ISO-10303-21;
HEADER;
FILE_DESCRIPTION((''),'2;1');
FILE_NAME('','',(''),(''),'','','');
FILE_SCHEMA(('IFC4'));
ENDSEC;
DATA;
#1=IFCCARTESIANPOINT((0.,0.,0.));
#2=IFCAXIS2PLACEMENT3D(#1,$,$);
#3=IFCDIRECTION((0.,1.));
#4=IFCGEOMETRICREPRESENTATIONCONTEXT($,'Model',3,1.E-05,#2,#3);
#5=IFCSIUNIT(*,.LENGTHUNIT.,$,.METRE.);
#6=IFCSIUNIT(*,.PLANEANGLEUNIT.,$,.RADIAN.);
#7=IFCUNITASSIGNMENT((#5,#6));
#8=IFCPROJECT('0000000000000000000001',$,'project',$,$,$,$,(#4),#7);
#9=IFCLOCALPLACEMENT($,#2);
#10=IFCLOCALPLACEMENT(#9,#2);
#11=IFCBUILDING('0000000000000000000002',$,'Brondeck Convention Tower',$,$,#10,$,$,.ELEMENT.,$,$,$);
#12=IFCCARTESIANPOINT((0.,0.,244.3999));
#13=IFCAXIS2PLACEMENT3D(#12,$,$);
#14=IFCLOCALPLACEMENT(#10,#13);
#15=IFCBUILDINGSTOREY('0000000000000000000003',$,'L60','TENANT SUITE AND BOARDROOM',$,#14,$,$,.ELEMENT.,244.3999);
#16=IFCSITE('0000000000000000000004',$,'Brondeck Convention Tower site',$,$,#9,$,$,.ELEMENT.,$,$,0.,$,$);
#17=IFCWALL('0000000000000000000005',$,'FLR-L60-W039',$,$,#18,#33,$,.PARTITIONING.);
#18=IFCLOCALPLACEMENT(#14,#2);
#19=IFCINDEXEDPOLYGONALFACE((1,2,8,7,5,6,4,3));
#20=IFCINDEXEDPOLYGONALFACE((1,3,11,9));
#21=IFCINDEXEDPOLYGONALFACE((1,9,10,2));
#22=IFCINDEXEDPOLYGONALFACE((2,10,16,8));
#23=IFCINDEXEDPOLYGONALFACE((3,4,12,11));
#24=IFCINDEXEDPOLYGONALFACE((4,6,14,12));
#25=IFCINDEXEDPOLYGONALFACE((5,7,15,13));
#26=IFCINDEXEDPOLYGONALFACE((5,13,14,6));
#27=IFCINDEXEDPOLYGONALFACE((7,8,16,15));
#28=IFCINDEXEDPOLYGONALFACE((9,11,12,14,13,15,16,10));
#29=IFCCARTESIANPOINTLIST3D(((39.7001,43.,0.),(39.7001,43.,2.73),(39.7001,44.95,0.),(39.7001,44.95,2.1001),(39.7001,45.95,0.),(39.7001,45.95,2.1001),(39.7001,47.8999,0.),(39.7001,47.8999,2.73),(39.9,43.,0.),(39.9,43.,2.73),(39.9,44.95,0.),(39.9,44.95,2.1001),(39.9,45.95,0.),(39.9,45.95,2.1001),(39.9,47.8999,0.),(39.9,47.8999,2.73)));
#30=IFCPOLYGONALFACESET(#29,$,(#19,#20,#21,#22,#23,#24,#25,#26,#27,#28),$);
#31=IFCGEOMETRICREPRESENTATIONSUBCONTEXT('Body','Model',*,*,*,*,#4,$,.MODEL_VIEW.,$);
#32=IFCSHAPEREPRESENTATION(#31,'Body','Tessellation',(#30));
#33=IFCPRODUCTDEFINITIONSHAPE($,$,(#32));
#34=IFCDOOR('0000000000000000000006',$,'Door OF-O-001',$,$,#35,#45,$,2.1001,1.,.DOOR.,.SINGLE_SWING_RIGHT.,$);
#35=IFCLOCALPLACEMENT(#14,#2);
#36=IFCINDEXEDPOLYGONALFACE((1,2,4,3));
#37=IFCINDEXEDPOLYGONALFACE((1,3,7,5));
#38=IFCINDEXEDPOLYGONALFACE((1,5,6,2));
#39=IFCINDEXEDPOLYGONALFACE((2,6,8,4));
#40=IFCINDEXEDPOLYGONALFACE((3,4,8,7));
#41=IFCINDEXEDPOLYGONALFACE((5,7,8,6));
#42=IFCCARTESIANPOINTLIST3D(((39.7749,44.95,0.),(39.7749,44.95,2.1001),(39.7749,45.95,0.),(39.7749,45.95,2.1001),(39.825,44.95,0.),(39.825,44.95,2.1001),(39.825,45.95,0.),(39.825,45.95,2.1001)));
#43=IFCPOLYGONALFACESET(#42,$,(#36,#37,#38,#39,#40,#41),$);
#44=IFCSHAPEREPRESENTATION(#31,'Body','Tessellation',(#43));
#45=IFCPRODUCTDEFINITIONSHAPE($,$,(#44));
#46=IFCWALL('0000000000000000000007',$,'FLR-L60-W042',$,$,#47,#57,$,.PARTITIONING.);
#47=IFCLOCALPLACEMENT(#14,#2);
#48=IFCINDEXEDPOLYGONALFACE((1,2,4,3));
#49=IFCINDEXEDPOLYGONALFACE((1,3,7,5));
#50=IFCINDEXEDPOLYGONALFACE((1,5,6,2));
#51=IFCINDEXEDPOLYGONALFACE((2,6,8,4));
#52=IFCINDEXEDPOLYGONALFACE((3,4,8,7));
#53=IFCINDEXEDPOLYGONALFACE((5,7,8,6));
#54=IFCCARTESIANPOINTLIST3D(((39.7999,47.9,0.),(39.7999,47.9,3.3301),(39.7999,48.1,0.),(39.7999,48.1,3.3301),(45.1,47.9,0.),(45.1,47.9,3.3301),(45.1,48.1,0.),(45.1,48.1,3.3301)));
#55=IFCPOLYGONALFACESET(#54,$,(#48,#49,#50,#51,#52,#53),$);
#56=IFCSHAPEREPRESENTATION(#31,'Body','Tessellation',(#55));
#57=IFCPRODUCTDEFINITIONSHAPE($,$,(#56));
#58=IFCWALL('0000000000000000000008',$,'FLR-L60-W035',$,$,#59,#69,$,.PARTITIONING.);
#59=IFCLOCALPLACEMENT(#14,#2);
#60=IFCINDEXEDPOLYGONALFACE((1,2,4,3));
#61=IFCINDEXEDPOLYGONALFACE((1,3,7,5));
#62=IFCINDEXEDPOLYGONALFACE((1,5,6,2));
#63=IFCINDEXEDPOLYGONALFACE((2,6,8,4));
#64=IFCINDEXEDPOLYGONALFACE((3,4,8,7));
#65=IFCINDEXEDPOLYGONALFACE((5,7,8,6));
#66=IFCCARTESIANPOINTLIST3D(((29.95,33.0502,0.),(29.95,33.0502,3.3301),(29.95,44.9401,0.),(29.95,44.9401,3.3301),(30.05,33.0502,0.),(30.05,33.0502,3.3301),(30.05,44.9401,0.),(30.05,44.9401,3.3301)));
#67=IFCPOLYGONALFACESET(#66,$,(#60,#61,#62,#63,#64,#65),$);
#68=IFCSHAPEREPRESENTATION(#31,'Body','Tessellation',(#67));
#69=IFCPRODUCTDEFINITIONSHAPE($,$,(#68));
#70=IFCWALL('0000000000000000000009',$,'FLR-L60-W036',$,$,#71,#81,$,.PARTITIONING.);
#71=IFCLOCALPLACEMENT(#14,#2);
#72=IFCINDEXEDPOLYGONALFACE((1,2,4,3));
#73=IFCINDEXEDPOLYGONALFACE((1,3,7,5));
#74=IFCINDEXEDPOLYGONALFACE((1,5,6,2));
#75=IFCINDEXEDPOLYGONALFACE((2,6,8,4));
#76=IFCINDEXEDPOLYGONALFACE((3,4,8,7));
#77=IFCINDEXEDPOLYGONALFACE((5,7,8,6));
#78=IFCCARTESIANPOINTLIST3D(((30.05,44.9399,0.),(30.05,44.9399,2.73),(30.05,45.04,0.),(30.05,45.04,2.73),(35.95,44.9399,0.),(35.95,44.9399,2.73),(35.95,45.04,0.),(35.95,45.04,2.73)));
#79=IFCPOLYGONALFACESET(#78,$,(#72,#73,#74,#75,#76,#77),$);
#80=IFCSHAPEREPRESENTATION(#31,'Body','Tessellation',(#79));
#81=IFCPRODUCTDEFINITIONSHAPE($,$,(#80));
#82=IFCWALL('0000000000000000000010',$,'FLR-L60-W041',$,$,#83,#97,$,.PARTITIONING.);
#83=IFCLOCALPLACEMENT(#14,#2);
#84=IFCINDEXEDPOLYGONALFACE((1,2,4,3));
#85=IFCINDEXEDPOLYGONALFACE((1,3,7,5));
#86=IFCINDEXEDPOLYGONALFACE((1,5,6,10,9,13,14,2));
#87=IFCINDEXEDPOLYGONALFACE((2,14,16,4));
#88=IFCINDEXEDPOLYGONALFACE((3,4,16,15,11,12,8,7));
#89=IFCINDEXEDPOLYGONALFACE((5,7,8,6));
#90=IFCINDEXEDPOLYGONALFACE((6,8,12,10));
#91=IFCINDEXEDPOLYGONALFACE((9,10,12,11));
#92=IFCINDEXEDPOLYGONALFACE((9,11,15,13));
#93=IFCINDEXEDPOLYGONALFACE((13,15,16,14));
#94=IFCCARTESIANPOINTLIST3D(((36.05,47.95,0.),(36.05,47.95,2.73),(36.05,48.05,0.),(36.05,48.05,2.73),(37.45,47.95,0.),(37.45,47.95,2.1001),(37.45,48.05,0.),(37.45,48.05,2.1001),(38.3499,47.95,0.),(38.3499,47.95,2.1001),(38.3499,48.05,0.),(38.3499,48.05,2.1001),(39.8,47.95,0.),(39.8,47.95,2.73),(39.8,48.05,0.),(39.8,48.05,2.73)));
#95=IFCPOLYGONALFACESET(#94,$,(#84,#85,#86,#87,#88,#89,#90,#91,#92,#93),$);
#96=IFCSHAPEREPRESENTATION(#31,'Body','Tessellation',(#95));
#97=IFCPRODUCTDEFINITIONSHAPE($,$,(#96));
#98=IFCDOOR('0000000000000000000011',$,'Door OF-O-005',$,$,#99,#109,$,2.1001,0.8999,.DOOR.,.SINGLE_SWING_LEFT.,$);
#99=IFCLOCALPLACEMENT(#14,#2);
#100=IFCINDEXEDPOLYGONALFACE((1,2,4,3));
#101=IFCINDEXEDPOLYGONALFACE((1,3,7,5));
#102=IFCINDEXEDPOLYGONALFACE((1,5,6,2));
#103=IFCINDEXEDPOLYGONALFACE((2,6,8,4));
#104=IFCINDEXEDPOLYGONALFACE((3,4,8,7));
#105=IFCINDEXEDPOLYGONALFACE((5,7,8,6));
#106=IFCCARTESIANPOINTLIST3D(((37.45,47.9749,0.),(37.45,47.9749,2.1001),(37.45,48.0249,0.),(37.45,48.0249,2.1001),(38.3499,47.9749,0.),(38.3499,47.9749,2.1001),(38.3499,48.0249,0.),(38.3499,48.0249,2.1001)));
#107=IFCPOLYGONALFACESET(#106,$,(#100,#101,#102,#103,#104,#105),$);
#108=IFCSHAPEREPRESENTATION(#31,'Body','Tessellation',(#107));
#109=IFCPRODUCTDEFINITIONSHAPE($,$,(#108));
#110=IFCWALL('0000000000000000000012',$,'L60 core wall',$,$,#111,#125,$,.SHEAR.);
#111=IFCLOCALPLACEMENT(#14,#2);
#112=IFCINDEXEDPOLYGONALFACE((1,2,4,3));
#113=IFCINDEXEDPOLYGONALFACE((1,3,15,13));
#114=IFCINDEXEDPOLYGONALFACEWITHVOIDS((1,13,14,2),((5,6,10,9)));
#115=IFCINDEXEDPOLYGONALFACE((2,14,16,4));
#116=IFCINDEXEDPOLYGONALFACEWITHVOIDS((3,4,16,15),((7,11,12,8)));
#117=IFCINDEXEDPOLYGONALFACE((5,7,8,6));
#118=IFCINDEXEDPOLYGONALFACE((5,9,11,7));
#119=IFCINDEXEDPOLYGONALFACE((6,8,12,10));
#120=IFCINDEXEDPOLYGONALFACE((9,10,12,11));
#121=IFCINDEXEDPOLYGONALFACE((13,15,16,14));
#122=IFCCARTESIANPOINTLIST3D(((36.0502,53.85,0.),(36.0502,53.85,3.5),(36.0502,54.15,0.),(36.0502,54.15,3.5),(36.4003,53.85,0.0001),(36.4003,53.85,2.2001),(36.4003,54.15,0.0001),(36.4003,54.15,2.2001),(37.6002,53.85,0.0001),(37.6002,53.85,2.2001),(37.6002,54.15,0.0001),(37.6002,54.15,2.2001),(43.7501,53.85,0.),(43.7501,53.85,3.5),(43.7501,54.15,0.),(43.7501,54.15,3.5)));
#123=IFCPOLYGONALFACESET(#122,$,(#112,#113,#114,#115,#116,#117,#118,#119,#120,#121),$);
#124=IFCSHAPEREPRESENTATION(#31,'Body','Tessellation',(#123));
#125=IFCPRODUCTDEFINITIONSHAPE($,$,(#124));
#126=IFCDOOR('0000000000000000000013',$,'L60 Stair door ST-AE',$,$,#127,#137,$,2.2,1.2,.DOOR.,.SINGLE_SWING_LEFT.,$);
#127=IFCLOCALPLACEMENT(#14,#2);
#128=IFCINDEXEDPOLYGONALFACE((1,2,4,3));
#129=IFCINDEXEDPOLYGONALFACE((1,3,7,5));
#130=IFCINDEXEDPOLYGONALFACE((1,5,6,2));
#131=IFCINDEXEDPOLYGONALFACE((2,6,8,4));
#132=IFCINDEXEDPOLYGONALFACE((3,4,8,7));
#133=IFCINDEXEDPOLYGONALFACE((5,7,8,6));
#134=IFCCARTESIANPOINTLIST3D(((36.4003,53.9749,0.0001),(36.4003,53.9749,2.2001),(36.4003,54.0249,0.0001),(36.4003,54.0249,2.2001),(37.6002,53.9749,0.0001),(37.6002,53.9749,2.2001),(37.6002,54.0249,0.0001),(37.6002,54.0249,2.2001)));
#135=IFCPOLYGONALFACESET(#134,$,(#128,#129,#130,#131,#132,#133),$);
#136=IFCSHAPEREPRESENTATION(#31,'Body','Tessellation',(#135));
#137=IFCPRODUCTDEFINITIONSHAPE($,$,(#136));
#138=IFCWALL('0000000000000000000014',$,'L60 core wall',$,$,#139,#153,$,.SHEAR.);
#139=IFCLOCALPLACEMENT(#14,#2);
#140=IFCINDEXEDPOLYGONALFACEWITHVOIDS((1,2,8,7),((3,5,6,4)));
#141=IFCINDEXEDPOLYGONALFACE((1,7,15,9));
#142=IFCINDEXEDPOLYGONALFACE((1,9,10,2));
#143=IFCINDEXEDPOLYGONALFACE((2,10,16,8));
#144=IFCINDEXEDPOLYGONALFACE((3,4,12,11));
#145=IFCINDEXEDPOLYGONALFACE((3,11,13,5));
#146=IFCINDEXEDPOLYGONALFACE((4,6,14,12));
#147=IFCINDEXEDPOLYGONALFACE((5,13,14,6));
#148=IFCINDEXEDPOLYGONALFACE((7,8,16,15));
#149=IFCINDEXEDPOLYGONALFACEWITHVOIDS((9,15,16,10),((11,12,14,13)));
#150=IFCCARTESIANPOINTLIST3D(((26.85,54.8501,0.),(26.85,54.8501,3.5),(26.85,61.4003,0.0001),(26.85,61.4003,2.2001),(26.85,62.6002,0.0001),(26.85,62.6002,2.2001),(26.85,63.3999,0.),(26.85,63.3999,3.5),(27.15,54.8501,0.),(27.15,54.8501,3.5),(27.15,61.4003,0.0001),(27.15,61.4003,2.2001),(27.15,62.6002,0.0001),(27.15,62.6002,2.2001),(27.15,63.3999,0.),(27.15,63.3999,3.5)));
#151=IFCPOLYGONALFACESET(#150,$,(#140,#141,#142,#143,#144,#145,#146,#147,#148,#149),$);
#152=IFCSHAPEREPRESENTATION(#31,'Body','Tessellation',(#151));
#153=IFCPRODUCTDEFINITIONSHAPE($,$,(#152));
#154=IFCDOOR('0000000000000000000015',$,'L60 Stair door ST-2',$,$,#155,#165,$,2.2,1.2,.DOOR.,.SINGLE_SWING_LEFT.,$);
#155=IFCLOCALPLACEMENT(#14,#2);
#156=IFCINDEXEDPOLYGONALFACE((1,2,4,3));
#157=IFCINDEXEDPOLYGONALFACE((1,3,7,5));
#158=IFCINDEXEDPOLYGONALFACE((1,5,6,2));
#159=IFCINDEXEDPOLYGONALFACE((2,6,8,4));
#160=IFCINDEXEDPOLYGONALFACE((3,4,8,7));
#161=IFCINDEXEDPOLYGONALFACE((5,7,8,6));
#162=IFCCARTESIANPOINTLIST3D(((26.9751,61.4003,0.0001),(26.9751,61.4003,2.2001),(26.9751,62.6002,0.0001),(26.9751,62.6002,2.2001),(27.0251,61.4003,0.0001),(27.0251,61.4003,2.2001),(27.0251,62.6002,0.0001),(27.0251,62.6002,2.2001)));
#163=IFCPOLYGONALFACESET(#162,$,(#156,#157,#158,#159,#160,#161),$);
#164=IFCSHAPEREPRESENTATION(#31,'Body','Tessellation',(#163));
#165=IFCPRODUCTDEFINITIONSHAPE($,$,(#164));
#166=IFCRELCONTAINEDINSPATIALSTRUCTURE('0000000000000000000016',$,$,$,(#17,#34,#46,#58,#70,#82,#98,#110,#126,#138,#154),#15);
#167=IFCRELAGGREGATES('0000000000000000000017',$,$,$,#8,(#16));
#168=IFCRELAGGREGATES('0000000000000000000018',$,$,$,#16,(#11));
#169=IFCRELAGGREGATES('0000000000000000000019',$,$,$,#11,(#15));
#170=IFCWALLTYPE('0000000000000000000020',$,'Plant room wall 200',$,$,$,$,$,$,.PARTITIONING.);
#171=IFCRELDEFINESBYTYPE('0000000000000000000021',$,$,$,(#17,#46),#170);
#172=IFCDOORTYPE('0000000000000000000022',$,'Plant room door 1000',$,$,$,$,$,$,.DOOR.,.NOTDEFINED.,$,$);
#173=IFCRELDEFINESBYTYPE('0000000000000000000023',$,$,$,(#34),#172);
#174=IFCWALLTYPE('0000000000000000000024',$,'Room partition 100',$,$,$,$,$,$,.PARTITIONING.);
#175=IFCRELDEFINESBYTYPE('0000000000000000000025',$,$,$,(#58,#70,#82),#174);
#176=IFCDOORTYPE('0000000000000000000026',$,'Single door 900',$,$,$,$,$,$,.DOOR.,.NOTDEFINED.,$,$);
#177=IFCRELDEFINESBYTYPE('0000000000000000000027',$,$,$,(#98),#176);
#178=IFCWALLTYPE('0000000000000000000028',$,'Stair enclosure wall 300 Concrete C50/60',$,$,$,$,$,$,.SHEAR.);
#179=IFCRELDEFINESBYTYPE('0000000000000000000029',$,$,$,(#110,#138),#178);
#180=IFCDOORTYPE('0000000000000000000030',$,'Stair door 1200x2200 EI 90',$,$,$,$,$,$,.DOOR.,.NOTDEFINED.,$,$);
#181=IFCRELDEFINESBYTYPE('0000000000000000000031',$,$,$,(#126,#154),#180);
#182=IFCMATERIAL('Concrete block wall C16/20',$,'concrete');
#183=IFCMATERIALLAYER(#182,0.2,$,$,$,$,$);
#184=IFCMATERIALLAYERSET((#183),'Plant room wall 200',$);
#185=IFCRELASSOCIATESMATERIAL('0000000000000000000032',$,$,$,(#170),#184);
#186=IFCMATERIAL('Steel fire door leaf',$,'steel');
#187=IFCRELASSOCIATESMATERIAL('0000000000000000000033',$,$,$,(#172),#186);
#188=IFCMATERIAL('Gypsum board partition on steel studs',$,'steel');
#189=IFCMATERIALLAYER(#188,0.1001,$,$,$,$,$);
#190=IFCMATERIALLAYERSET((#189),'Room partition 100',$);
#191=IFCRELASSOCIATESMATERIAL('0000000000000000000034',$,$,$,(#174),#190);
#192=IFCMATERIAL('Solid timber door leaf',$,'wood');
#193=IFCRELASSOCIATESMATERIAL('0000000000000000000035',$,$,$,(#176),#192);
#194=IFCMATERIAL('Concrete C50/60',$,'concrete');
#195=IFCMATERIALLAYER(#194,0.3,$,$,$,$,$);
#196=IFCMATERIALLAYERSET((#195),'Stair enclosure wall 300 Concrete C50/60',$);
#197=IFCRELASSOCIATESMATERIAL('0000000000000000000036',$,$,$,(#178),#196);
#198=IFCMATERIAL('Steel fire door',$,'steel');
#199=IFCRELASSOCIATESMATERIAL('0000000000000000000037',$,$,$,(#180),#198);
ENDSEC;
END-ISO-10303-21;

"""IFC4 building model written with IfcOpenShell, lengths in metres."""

from ifc_helpers import new_model, si_unit, direction, frame, frame_2d, origin, place, context, subcontext, project, spatial, rectangle, extrude, material, layer, layer_set, type_object, element, fill, save


model = new_model("IFC4")

# Units and contexts
model_context = context("Model", 3, precision=1e-05, world=origin(), true_north=direction((0.0, 1.0)))
body_context = subcontext(model_context, "Body", "Model", "MODEL_VIEW")
ifc_project = project(units=[si_unit("LENGTHUNIT", "METRE"), si_unit("PLANEANGLEUNIT", "RADIAN")], contexts=[model_context])

# Site, building, storey
site_placement = place(None, origin())
site = spatial("IfcSite", under=ifc_project, at=site_placement, Name="Brondeck Convention Tower site", CompositionType="ELEMENT", RefElevation=0.0)
building_placement = place(site_placement, origin())
building = spatial("IfcBuilding", under=site, at=building_placement, Name="Brondeck Convention Tower", CompositionType="ELEMENT")
storey_placement = place(building_placement, frame((0.0, 0.0, 244.3999)))
storey = spatial("IfcBuildingStorey", under=building, at=storey_placement, Name="L60", Description="TENANT SUITE AND BOARDROOM", CompositionType="ELEMENT", Elevation=244.3999)

# Shared definitions
ifc_material_1 = material(Name="Concrete C50/60", Category="concrete")

# Wall, opening, door
ifc_material_2 = material(Name="Concrete block wall C16/20", Category="concrete")
ifc_layer_1 = layer(ifc_material_2, 0.2)
ifc_layer_set_1 = layer_set([ifc_layer_1], Name="Plant room wall 200")
wall_type_1 = type_object("IfcWallType", Name="Plant room wall 200", PredefinedType="PARTITIONING", material=ifc_layer_set_1)
wall_1_placement = place(storey_placement, frame((39.8, 47.8999, 0.0), z_axis=(0.0, 0.0, 1.0), x_axis=(0.0, -1.0, 0.0)))
wall_1 = element("IfcWall", 1, at=wall_1_placement, inside=storey, type_object=wall_type_1, Name="FLR-L60-W039", PredefinedType="PARTITIONING", context=body_context, shape_type="SweptSolid", body=[
    extrude(rectangle(XDim=4.8999, YDim=0.2, at=frame_2d((2.45, 0.0))), origin(), (0.0, 0.0, 1.0), 2.73),
])
opening_1_placement = place(wall_1_placement, frame((1.95, 0.0, 0.0)))
opening_1 = element("IfcOpeningElement", 2, at=opening_1_placement, cuts=wall_1, PredefinedType="OPENING", context=body_context, shape_type="SweptSolid", body=[
    extrude(rectangle(XDim=1.0, YDim=2.1001, at=frame_2d((0.5, 1.05))), frame((0.0, 0.1099, 0.0), z_axis=(0.0, -1.0, 0.0), x_axis=(1.0, 0.0, 0.0)), (0.0, 0.0, 1.0), 0.22),
])
ifc_material_3 = material(Name="Steel fire door leaf", Category="steel")
door_type_1 = type_object("IfcDoorType", Name="Plant room door 1000", OperationType="NOTDEFINED", PredefinedType="DOOR", material=ifc_material_3)
door_1_placement = place(opening_1_placement, origin())
door_1 = element("IfcDoor", 3, at=door_1_placement, inside=storey, type_object=door_type_1, Name="Door OF-O-001", OperationType="SINGLE_SWING_RIGHT", OverallHeight=2.1001, OverallWidth=1.0, PredefinedType="DOOR", context=body_context, shape_type="SweptSolid", body=[
    extrude(rectangle(XDim=1.0, YDim=2.1001, at=frame_2d((0.5, 1.05))), frame((0.0, 0.0249, 0.0), z_axis=(0.0, -1.0, 0.0), x_axis=(1.0, 0.0, 0.0)), (0.0, 0.0, 1.0), 0.05),
])
fill(opening_1, door_1)

# Walls
wall_2_placement = place(storey_placement, frame((39.8, 48.0, 0.0), z_axis=(0.0, 0.0, 1.0), x_axis=(1.0, 0.0, 0.0)))
element("IfcWall", 4, at=wall_2_placement, inside=storey, type_object=wall_type_1, Name="FLR-L60-W042", PredefinedType="PARTITIONING", context=body_context, shape_type="SweptSolid", body=[
    extrude(rectangle(XDim=5.3, YDim=0.2, at=frame_2d((2.6499, 0.0))), origin(), (0.0, 0.0, 1.0), 3.3301),
])
ifc_material_4 = material(Name="Gypsum board partition on steel studs", Category="steel")
ifc_layer_2 = layer(ifc_material_4, 0.1001)
ifc_layer_set_2 = layer_set([ifc_layer_2], Name="Room partition 100")
wall_type_2 = type_object("IfcWallType", Name="Room partition 100", PredefinedType="PARTITIONING", material=ifc_layer_set_2)
wall_3_placement = place(storey_placement, frame((30.0, 44.9399, 0.0), z_axis=(0.0, 0.0, 1.0), x_axis=(0.0, -1.0, 0.0)))
element("IfcWall", 5, at=wall_3_placement, inside=storey, type_object=wall_type_2, Name="FLR-L60-W035", PredefinedType="PARTITIONING", context=body_context, shape_type="SweptSolid", body=[
    extrude(rectangle(XDim=11.8899, YDim=0.1001, at=frame_2d((5.9448, 0.0))), origin(), (0.0, 0.0, 1.0), 3.3301),
])
wall_4_placement = place(storey_placement, frame((30.05, 44.99, 0.0), z_axis=(0.0, 0.0, 1.0), x_axis=(1.0, 0.0, 0.0)))
element("IfcWall", 6, at=wall_4_placement, inside=storey, type_object=wall_type_2, Name="FLR-L60-W036", PredefinedType="PARTITIONING", context=body_context, shape_type="SweptSolid", body=[
    extrude(rectangle(XDim=5.8999, YDim=0.1001, at=frame_2d((2.95, 0.0))), origin(), (0.0, 0.0, 1.0), 2.73),
])

# Walls, openings, doors
wall_5_placement = place(storey_placement, frame((36.05, 48.0, 0.0), z_axis=(0.0, 0.0, 1.0), x_axis=(1.0, 0.0, 0.0)))
wall_5 = element("IfcWall", 7, at=wall_5_placement, inside=storey, type_object=wall_type_2, Name="FLR-L60-W041", PredefinedType="PARTITIONING", context=body_context, shape_type="SweptSolid", body=[
    extrude(rectangle(XDim=3.75, YDim=0.1001, at=frame_2d((1.875, 0.0))), origin(), (0.0, 0.0, 1.0), 2.73),
])
opening_2_placement = place(wall_5_placement, frame((1.3999, 0.0, 0.0)))
opening_2 = element("IfcOpeningElement", 8, at=opening_2_placement, cuts=wall_5, PredefinedType="OPENING", context=body_context, shape_type="SweptSolid", body=[
    extrude(rectangle(XDim=0.8999, YDim=2.1001, at=frame_2d((0.45, 1.05))), frame((0.0, 0.0601, 0.0), z_axis=(0.0, -1.0, 0.0), x_axis=(1.0, 0.0, 0.0)), (0.0, 0.0, 1.0), 0.1201),
])
ifc_material_5 = material(Name="Solid timber door leaf", Category="wood")
door_type_2 = type_object("IfcDoorType", Name="Single door 900", OperationType="NOTDEFINED", PredefinedType="DOOR", material=ifc_material_5)
door_2_placement = place(opening_2_placement, origin())
door_2 = element("IfcDoor", 9, at=door_2_placement, inside=storey, type_object=door_type_2, Name="Door OF-O-005", OperationType="SINGLE_SWING_LEFT", OverallHeight=2.1001, OverallWidth=0.8999, PredefinedType="DOOR", context=body_context, shape_type="SweptSolid", body=[
    extrude(rectangle(XDim=0.8999, YDim=2.1001, at=frame_2d((0.45, 1.05))), frame((0.0, 0.0249, 0.0), z_axis=(0.0, -1.0, 0.0), x_axis=(1.0, 0.0, 0.0)), (0.0, 0.0, 1.0), 0.05),
])
fill(opening_2, door_2)
ifc_layer_3 = layer(ifc_material_1, 0.3)
ifc_layer_set_3 = layer_set([ifc_layer_3], Name="Stair enclosure wall 300 Concrete C50/60")
wall_type_3 = type_object("IfcWallType", Name="Stair enclosure wall 300 Concrete C50/60", PredefinedType="SHEAR", material=ifc_layer_set_3)
wall_6_placement = place(storey_placement, frame((36.05, 54.0, 0.0), z_axis=(0.0, 0.0, 1.0), x_axis=(1.0, 0.0, 0.0)))
wall_6 = element("IfcWall", 10, at=wall_6_placement, inside=storey, type_object=wall_type_3, Name="L60 core wall", PredefinedType="SHEAR", context=body_context, shape_type="SweptSolid", body=[
    extrude(rectangle(XDim=7.7, YDim=0.3, at=frame_2d((3.8501, 0.0))), origin(), (0.0, 0.0, 1.0), 3.5),
])
opening_3_placement = place(wall_6_placement, frame((0.3501, 0.0, 0.0)))
opening_3 = element("IfcOpeningElement", 11, at=opening_3_placement, cuts=wall_6, PredefinedType="OPENING", context=body_context, shape_type="SweptSolid", body=[
    extrude(rectangle(XDim=1.2, YDim=2.2, at=frame_2d((0.6001, 1.1001))), frame((0.0, 0.1599, 0.0), z_axis=(0.0, -1.0, 0.0), x_axis=(1.0, 0.0, 0.0)), (0.0, 0.0, 1.0), 0.3201),
])
ifc_material_6 = material(Name="Steel fire door", Category="steel")
door_type_3 = type_object("IfcDoorType", Name="Stair door 1200x2200 EI 90", OperationType="NOTDEFINED", PredefinedType="DOOR", material=ifc_material_6)
door_3_placement = place(opening_3_placement, origin())
door_3 = element("IfcDoor", 12, at=door_3_placement, inside=storey, type_object=door_type_3, Name="L60 Stair door ST-AE", OperationType="SINGLE_SWING_LEFT", OverallHeight=2.2, OverallWidth=1.2, PredefinedType="DOOR", context=body_context, shape_type="SweptSolid", body=[
    extrude(rectangle(XDim=1.2, YDim=2.2, at=frame_2d((0.6001, 1.1001))), frame((0.0, 0.0249, 0.0), z_axis=(0.0, -1.0, 0.0), x_axis=(1.0, 0.0, 0.0)), (0.0, 0.0, 1.0), 0.05),
])
fill(opening_3, door_3)
wall_7_placement = place(storey_placement, frame((27.0, 54.8501, 0.0), z_axis=(0.0, 0.0, 1.0), x_axis=(0.0, 1.0, 0.0)))
wall_7 = element("IfcWall", 13, at=wall_7_placement, inside=storey, type_object=wall_type_3, Name="L60 core wall", PredefinedType="SHEAR", context=body_context, shape_type="SweptSolid", body=[
    extrude(rectangle(XDim=8.5498, YDim=0.3, at=frame_2d((4.2749, 0.0))), origin(), (0.0, 0.0, 1.0), 3.5),
])
opening_4_placement = place(wall_7_placement, frame((6.55, 0.0, 0.0)))
opening_4 = element("IfcOpeningElement", 14, at=opening_4_placement, cuts=wall_7, PredefinedType="OPENING", context=body_context, shape_type="SweptSolid", body=[
    extrude(rectangle(XDim=1.2, YDim=2.2, at=frame_2d((0.6001, 1.1001))), frame((0.0, 0.1599, 0.0), z_axis=(0.0, -1.0, 0.0), x_axis=(1.0, 0.0, 0.0)), (0.0, 0.0, 1.0), 0.3201),
])
door_4_placement = place(opening_4_placement, origin())
door_4 = element("IfcDoor", 15, at=door_4_placement, inside=storey, type_object=door_type_3, Name="L60 Stair door ST-2", OperationType="SINGLE_SWING_LEFT", OverallHeight=2.2, OverallWidth=1.2, PredefinedType="DOOR", context=body_context, shape_type="SweptSolid", body=[
    extrude(rectangle(XDim=1.2, YDim=2.2, at=frame_2d((0.6001, 1.1001))), frame((0.0, 0.0249, 0.0), z_axis=(0.0, -1.0, 0.0), x_axis=(1.0, 0.0, 0.0)), (0.0, 0.0, 1.0), 0.05),
])
fill(opening_4, door_4)

save(model, "model.ifc")
